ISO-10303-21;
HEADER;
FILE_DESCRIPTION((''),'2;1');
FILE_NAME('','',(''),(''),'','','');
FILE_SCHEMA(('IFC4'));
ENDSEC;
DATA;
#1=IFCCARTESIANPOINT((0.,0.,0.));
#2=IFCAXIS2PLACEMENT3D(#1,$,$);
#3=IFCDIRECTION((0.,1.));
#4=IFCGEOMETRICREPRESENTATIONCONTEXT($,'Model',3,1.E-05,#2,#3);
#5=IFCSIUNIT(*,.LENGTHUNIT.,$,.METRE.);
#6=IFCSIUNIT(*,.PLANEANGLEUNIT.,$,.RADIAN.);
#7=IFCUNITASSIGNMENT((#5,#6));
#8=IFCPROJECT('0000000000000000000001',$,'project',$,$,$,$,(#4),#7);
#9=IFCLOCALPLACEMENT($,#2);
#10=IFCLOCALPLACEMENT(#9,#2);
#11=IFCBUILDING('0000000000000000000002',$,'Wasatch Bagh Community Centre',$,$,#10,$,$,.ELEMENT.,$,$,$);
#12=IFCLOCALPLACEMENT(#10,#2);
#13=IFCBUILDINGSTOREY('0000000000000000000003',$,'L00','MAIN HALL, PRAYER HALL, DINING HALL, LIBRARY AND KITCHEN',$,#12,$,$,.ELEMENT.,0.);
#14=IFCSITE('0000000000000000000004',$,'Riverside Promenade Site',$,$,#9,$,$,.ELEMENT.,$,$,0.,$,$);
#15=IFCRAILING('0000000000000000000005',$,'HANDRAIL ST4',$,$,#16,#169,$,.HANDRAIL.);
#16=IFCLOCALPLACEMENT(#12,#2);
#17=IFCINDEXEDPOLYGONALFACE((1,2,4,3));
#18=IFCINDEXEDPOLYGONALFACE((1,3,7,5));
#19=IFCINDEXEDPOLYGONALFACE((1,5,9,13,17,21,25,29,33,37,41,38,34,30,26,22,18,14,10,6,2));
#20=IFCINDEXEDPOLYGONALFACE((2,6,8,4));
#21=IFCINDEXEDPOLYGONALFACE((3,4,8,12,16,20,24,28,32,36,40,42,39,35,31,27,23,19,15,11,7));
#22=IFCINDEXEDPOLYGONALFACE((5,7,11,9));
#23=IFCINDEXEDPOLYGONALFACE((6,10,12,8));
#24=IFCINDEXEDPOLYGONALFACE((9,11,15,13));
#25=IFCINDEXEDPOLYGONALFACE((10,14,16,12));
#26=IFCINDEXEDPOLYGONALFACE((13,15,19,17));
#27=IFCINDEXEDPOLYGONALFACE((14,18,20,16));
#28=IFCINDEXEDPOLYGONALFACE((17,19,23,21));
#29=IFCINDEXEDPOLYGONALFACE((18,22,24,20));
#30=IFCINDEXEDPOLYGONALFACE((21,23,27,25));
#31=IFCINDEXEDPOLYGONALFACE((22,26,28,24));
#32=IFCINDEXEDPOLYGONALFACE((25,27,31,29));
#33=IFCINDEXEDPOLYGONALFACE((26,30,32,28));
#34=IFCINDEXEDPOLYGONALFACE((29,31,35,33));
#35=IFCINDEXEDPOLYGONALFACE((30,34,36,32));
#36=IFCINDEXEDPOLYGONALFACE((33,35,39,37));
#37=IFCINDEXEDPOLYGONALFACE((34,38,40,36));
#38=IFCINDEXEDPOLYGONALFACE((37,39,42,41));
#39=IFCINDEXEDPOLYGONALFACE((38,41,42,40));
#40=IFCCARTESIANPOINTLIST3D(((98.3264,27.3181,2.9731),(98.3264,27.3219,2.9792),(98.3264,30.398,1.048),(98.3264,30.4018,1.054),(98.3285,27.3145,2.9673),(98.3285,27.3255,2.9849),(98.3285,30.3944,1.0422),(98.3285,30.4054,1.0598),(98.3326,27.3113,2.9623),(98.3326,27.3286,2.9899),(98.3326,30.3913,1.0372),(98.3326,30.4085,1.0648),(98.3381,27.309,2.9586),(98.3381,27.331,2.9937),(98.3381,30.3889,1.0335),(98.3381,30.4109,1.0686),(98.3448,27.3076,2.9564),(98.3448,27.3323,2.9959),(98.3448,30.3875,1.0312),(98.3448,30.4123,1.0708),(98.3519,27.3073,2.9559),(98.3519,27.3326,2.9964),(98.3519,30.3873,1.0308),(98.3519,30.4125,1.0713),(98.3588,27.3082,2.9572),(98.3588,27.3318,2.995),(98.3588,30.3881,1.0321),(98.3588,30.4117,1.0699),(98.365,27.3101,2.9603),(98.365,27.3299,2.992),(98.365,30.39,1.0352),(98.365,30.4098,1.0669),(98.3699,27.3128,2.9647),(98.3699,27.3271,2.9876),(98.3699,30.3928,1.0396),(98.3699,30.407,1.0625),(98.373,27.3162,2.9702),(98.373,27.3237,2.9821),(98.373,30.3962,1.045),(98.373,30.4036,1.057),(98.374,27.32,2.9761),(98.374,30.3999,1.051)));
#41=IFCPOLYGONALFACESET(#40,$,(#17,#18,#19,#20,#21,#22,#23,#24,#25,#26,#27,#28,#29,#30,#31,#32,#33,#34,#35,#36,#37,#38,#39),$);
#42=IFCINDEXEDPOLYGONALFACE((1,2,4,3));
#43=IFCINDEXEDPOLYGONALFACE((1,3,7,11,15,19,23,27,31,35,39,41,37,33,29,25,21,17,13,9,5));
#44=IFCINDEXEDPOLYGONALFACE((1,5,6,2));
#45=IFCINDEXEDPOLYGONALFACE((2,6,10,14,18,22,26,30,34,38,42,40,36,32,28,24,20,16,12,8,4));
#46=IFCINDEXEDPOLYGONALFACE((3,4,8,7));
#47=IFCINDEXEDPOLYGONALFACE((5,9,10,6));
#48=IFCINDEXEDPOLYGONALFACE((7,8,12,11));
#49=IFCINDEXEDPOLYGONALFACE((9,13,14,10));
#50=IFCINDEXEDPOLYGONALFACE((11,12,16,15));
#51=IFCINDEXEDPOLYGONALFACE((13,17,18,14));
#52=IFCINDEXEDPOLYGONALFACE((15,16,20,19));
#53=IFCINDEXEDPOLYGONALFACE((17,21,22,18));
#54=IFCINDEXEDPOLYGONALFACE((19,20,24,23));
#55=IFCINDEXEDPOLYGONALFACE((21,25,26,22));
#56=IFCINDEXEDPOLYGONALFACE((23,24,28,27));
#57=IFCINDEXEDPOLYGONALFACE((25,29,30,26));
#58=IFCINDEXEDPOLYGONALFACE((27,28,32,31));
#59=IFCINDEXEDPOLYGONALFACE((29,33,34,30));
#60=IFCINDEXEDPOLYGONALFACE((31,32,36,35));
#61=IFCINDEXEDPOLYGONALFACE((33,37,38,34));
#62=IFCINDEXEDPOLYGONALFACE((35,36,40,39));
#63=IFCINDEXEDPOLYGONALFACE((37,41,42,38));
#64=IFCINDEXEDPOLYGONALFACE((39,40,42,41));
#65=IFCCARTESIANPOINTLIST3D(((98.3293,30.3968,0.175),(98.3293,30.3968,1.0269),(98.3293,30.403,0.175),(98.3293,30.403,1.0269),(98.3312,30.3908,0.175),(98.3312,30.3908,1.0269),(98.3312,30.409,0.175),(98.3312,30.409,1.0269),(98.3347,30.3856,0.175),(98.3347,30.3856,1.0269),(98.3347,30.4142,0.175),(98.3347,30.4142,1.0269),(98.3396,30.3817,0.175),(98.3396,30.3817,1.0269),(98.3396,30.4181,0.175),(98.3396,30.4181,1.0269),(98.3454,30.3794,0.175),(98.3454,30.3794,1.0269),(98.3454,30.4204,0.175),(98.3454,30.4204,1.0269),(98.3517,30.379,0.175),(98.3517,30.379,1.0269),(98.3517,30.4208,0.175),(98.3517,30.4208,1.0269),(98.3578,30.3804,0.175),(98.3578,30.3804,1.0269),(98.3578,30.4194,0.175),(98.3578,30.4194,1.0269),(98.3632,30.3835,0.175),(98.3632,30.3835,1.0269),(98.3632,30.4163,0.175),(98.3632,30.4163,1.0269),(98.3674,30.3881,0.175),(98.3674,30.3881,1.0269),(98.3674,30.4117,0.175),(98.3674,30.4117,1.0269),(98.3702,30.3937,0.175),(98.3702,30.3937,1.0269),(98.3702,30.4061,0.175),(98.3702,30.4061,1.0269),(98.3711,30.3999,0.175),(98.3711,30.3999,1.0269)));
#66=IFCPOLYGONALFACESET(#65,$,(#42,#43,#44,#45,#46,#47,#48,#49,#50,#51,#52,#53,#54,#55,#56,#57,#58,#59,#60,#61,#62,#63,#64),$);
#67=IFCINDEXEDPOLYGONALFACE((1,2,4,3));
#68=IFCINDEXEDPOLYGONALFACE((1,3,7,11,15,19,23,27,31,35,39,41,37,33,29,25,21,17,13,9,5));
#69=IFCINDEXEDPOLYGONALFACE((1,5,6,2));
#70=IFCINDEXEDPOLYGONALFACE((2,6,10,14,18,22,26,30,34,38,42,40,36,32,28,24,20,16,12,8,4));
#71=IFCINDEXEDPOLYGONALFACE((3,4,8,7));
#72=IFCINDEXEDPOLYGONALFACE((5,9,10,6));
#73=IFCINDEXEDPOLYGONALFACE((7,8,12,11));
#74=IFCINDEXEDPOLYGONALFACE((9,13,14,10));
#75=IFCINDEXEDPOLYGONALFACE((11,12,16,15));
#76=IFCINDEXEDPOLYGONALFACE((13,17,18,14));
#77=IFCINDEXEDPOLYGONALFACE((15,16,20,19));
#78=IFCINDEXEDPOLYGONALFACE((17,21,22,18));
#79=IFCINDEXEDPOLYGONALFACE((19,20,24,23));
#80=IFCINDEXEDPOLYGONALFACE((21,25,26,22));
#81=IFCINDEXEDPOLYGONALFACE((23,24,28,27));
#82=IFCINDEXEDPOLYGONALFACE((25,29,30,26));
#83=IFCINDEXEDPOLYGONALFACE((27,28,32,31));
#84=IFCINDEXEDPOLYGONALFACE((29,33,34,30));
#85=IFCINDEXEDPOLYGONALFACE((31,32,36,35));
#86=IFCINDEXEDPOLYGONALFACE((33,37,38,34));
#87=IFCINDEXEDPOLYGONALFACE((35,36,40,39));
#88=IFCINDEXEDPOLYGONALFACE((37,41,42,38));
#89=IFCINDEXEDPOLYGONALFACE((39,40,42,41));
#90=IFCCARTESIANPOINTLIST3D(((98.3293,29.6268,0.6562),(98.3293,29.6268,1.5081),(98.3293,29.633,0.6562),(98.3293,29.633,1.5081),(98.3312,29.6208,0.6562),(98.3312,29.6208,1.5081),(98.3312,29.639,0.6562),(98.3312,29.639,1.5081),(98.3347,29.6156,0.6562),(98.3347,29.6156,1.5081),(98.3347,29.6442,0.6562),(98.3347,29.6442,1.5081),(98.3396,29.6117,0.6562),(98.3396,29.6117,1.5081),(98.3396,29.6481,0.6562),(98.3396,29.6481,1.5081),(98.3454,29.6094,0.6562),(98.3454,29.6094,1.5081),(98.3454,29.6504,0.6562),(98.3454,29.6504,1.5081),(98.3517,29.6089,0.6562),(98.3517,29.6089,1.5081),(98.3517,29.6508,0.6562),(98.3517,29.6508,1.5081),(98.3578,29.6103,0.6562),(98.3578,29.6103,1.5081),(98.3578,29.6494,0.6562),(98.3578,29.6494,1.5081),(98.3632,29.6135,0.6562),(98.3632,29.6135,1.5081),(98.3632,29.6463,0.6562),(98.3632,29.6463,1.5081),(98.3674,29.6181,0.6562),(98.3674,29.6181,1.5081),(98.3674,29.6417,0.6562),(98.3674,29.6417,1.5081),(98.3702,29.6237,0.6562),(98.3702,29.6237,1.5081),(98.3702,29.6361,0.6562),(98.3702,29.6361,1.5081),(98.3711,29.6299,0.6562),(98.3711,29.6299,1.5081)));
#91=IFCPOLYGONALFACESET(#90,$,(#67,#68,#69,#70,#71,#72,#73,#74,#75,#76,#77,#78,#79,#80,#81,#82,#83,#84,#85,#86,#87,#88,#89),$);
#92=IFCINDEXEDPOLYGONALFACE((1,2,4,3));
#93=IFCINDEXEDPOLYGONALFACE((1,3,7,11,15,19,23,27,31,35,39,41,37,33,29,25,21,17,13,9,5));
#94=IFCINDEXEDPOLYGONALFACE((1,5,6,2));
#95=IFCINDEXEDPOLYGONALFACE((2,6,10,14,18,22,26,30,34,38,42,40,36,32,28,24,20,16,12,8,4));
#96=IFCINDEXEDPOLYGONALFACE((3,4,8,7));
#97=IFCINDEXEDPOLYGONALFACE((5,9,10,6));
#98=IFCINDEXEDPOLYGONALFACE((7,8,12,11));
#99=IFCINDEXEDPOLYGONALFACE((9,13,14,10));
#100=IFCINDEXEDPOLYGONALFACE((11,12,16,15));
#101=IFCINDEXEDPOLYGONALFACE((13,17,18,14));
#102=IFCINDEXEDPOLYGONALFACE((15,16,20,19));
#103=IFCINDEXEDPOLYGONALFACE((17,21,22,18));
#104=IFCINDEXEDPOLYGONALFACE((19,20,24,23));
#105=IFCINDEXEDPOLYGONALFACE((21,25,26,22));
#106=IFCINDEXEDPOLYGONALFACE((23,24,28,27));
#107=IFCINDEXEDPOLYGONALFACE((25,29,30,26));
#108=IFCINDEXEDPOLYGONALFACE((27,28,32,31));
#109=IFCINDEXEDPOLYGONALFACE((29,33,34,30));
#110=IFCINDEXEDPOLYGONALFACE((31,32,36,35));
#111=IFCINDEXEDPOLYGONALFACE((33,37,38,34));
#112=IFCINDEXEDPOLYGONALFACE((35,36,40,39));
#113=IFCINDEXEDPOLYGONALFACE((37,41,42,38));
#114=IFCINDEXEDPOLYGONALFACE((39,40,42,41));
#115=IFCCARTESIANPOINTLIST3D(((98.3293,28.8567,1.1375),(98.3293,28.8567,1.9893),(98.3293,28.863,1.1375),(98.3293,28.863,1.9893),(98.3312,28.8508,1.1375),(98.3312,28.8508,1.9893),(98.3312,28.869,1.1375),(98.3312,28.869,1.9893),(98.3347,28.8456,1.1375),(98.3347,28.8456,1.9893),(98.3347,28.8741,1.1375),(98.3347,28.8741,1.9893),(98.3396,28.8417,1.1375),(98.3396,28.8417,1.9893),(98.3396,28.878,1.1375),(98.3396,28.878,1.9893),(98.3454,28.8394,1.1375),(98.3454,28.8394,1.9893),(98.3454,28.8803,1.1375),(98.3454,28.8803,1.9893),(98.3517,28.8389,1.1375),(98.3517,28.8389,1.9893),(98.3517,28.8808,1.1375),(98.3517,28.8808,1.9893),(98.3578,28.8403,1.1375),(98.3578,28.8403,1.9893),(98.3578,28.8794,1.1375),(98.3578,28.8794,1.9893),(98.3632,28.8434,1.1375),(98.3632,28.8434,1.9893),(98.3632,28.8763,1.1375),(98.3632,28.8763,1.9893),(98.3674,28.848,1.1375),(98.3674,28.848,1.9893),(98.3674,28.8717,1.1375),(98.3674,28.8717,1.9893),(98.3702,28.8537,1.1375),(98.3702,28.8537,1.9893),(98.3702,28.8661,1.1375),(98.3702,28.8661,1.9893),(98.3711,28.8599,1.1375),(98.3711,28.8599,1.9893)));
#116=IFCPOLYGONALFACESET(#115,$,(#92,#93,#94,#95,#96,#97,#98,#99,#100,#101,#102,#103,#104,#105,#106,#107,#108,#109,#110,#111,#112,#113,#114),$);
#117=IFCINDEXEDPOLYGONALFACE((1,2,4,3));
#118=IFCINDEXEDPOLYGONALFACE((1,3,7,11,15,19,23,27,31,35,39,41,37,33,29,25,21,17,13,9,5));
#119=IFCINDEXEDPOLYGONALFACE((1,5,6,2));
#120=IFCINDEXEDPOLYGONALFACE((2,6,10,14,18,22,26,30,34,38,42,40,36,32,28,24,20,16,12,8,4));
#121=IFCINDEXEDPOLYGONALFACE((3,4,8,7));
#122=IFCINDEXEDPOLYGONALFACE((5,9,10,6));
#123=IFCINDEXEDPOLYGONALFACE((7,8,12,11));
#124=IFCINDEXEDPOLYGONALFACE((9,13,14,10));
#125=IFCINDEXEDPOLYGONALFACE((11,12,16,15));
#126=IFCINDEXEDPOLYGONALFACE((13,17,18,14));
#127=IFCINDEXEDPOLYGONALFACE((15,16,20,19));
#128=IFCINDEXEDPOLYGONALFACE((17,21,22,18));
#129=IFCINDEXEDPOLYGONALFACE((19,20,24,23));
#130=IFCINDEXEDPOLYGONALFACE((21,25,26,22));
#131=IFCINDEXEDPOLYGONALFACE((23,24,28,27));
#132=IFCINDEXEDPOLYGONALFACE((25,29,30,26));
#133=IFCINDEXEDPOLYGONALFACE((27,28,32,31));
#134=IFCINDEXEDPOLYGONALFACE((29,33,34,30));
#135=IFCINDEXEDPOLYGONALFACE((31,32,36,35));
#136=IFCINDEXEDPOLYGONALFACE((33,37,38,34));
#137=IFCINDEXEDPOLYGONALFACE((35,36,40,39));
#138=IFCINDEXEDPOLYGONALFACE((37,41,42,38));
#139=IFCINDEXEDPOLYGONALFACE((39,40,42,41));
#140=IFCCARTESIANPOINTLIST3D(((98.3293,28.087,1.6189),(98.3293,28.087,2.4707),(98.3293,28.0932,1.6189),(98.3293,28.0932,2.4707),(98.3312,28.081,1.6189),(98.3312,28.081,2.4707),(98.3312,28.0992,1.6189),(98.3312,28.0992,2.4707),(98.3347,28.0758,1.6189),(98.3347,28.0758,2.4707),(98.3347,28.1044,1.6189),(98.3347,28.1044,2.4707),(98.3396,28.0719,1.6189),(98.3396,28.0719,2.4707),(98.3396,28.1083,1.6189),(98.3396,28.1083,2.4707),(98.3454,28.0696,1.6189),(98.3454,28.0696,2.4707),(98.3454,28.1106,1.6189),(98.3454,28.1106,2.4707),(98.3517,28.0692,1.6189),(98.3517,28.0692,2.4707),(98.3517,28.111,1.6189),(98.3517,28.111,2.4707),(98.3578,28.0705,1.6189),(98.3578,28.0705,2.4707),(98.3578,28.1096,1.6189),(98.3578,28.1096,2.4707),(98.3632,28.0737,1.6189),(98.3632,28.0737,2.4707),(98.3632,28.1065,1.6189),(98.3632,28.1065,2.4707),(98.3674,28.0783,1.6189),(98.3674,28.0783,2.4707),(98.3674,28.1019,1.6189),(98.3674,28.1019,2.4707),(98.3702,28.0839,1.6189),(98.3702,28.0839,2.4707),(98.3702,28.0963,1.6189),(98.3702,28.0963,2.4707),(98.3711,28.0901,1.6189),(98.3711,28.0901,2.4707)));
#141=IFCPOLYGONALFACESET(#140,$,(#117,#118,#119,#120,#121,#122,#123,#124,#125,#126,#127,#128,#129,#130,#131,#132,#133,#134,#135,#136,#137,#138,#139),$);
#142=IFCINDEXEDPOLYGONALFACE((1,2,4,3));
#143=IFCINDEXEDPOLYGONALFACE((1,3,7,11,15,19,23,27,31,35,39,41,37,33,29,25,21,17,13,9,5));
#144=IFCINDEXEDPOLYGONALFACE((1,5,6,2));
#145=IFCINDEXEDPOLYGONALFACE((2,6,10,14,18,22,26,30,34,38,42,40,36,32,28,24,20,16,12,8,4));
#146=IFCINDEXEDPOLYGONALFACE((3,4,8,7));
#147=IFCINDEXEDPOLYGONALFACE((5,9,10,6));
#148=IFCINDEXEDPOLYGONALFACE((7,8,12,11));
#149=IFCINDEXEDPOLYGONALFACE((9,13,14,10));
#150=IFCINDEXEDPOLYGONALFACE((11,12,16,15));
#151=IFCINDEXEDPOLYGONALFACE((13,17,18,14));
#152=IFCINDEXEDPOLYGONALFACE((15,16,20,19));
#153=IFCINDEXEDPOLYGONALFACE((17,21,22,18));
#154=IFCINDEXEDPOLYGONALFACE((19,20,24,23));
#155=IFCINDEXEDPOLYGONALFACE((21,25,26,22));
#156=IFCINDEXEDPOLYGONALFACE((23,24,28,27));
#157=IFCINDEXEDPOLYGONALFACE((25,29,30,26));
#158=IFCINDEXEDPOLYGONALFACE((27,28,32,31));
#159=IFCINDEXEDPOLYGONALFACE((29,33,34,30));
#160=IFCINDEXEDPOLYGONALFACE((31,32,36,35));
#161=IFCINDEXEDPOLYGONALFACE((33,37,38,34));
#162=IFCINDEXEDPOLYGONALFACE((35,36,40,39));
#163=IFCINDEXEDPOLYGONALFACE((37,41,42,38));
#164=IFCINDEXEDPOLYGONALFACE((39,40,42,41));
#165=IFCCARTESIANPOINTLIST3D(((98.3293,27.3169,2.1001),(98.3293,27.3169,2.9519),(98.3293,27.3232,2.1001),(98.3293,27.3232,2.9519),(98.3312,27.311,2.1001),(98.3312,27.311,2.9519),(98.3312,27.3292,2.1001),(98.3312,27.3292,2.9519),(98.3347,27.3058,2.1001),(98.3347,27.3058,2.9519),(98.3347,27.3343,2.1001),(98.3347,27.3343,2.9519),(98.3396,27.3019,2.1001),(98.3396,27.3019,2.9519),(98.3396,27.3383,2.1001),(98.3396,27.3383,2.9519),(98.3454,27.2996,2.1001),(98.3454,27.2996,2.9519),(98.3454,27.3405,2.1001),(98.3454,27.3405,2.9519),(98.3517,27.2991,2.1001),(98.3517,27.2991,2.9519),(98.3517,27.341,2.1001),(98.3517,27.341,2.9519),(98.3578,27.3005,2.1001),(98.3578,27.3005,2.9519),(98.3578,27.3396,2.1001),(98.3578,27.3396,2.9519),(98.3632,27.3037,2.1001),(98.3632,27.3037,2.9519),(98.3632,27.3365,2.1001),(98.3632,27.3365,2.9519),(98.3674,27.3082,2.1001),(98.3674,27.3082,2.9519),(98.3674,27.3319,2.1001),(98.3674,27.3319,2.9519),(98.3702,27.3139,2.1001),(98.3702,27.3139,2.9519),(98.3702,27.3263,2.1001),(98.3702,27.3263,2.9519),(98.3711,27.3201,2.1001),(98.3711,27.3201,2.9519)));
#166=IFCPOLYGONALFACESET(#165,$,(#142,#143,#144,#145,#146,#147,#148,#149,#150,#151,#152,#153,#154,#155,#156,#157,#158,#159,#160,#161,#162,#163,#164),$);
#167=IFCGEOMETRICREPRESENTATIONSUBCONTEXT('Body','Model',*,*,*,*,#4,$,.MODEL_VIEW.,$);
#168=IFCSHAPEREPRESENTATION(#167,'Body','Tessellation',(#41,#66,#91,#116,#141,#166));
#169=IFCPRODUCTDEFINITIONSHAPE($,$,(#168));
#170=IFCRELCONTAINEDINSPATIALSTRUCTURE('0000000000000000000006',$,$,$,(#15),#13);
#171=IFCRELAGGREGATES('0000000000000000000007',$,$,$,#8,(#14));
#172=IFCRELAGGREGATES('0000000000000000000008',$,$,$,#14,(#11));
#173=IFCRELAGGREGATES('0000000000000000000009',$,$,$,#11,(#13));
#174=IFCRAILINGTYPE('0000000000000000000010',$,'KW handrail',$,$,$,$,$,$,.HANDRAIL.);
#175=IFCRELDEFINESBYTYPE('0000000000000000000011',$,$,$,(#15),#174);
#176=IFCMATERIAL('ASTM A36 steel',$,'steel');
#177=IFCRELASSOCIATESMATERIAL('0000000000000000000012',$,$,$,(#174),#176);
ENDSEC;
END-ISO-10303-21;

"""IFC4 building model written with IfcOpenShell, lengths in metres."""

from ifc_helpers import new_model, si_unit, direction, frame, origin, origin_2d, place, context, subcontext, project, spatial, circle, extrude, material, type_object, element, save


model = new_model("IFC4")

# Units and contexts
model_context = context("Model", 3, precision=1e-05, world=origin(), true_north=direction((0.0, 1.0)))
body_context = subcontext(model_context, "Body", "Model", "MODEL_VIEW")
ifc_project = project(units=[si_unit("LENGTHUNIT", "METRE"), si_unit("PLANEANGLEUNIT", "RADIAN")], contexts=[model_context])

# Site, building, storey
site_placement = place(None, origin())
site = spatial("IfcSite", under=ifc_project, at=site_placement, Name="Riverside Promenade Site", CompositionType="ELEMENT", RefElevation=0.0)
building_placement = place(site_placement, origin())
building = spatial("IfcBuilding", under=site, at=building_placement, Name="Wasatch Bagh Community Centre", CompositionType="ELEMENT")
storey_placement = place(building_placement, origin())
storey = spatial("IfcBuildingStorey", under=building, at=storey_placement, Name="L00", Description="MAIN HALL, PRAYER HALL, DINING HALL, LIBRARY AND KITCHEN", CompositionType="ELEMENT", Elevation=0.0)

# Railing
ifc_material_1 = material(Name="ASTM A36 steel", Category="steel")
railing_type_1 = type_object("IfcRailingType", Name="KW handrail", PredefinedType="HANDRAIL", material=ifc_material_1)
for number, where, name in (
    (1, (98.3501, 30.3999, 0.175), "HANDRAIL ST4"),
):
    element("IfcRailing", number, at=place(storey_placement, frame(where)), inside=storey, type_object=railing_type_1, Name=name, PredefinedType="HANDRAIL", context=body_context, shape_type="SweptSolid", body=[
        extrude(circle(Radius=0.0239, at=origin_2d()), frame((0.0, 0.0, 0.876), z_axis=(0.0, -0.847979, 0.530029), x_axis=(1.0, 0.0, 0.0)), (0.0, 0.0, 1.0), 3.6321),
        extrude(circle(Radius=0.021, at=origin_2d()), origin(), (0.0, 0.0, 1.0), 0.8518),
        extrude(circle(Radius=0.021, at=origin_2d()), frame((0.0, -0.77, 0.4812)), (0.0, 0.0, 1.0), 0.8518),
        extrude(circle(Radius=0.021, at=origin_2d()), frame((0.0, -1.54, 0.9624)), (0.0, 0.0, 1.0), 0.8518),
        extrude(circle(Radius=0.021, at=origin_2d()), frame((0.0, -2.3098, 1.4438)), (0.0, 0.0, 1.0), 0.8518),
        extrude(circle(Radius=0.021, at=origin_2d()), frame((0.0, -3.0798, 1.925)), (0.0, 0.0, 1.0), 0.8518),
    ])

save(model, "model.ifc")
